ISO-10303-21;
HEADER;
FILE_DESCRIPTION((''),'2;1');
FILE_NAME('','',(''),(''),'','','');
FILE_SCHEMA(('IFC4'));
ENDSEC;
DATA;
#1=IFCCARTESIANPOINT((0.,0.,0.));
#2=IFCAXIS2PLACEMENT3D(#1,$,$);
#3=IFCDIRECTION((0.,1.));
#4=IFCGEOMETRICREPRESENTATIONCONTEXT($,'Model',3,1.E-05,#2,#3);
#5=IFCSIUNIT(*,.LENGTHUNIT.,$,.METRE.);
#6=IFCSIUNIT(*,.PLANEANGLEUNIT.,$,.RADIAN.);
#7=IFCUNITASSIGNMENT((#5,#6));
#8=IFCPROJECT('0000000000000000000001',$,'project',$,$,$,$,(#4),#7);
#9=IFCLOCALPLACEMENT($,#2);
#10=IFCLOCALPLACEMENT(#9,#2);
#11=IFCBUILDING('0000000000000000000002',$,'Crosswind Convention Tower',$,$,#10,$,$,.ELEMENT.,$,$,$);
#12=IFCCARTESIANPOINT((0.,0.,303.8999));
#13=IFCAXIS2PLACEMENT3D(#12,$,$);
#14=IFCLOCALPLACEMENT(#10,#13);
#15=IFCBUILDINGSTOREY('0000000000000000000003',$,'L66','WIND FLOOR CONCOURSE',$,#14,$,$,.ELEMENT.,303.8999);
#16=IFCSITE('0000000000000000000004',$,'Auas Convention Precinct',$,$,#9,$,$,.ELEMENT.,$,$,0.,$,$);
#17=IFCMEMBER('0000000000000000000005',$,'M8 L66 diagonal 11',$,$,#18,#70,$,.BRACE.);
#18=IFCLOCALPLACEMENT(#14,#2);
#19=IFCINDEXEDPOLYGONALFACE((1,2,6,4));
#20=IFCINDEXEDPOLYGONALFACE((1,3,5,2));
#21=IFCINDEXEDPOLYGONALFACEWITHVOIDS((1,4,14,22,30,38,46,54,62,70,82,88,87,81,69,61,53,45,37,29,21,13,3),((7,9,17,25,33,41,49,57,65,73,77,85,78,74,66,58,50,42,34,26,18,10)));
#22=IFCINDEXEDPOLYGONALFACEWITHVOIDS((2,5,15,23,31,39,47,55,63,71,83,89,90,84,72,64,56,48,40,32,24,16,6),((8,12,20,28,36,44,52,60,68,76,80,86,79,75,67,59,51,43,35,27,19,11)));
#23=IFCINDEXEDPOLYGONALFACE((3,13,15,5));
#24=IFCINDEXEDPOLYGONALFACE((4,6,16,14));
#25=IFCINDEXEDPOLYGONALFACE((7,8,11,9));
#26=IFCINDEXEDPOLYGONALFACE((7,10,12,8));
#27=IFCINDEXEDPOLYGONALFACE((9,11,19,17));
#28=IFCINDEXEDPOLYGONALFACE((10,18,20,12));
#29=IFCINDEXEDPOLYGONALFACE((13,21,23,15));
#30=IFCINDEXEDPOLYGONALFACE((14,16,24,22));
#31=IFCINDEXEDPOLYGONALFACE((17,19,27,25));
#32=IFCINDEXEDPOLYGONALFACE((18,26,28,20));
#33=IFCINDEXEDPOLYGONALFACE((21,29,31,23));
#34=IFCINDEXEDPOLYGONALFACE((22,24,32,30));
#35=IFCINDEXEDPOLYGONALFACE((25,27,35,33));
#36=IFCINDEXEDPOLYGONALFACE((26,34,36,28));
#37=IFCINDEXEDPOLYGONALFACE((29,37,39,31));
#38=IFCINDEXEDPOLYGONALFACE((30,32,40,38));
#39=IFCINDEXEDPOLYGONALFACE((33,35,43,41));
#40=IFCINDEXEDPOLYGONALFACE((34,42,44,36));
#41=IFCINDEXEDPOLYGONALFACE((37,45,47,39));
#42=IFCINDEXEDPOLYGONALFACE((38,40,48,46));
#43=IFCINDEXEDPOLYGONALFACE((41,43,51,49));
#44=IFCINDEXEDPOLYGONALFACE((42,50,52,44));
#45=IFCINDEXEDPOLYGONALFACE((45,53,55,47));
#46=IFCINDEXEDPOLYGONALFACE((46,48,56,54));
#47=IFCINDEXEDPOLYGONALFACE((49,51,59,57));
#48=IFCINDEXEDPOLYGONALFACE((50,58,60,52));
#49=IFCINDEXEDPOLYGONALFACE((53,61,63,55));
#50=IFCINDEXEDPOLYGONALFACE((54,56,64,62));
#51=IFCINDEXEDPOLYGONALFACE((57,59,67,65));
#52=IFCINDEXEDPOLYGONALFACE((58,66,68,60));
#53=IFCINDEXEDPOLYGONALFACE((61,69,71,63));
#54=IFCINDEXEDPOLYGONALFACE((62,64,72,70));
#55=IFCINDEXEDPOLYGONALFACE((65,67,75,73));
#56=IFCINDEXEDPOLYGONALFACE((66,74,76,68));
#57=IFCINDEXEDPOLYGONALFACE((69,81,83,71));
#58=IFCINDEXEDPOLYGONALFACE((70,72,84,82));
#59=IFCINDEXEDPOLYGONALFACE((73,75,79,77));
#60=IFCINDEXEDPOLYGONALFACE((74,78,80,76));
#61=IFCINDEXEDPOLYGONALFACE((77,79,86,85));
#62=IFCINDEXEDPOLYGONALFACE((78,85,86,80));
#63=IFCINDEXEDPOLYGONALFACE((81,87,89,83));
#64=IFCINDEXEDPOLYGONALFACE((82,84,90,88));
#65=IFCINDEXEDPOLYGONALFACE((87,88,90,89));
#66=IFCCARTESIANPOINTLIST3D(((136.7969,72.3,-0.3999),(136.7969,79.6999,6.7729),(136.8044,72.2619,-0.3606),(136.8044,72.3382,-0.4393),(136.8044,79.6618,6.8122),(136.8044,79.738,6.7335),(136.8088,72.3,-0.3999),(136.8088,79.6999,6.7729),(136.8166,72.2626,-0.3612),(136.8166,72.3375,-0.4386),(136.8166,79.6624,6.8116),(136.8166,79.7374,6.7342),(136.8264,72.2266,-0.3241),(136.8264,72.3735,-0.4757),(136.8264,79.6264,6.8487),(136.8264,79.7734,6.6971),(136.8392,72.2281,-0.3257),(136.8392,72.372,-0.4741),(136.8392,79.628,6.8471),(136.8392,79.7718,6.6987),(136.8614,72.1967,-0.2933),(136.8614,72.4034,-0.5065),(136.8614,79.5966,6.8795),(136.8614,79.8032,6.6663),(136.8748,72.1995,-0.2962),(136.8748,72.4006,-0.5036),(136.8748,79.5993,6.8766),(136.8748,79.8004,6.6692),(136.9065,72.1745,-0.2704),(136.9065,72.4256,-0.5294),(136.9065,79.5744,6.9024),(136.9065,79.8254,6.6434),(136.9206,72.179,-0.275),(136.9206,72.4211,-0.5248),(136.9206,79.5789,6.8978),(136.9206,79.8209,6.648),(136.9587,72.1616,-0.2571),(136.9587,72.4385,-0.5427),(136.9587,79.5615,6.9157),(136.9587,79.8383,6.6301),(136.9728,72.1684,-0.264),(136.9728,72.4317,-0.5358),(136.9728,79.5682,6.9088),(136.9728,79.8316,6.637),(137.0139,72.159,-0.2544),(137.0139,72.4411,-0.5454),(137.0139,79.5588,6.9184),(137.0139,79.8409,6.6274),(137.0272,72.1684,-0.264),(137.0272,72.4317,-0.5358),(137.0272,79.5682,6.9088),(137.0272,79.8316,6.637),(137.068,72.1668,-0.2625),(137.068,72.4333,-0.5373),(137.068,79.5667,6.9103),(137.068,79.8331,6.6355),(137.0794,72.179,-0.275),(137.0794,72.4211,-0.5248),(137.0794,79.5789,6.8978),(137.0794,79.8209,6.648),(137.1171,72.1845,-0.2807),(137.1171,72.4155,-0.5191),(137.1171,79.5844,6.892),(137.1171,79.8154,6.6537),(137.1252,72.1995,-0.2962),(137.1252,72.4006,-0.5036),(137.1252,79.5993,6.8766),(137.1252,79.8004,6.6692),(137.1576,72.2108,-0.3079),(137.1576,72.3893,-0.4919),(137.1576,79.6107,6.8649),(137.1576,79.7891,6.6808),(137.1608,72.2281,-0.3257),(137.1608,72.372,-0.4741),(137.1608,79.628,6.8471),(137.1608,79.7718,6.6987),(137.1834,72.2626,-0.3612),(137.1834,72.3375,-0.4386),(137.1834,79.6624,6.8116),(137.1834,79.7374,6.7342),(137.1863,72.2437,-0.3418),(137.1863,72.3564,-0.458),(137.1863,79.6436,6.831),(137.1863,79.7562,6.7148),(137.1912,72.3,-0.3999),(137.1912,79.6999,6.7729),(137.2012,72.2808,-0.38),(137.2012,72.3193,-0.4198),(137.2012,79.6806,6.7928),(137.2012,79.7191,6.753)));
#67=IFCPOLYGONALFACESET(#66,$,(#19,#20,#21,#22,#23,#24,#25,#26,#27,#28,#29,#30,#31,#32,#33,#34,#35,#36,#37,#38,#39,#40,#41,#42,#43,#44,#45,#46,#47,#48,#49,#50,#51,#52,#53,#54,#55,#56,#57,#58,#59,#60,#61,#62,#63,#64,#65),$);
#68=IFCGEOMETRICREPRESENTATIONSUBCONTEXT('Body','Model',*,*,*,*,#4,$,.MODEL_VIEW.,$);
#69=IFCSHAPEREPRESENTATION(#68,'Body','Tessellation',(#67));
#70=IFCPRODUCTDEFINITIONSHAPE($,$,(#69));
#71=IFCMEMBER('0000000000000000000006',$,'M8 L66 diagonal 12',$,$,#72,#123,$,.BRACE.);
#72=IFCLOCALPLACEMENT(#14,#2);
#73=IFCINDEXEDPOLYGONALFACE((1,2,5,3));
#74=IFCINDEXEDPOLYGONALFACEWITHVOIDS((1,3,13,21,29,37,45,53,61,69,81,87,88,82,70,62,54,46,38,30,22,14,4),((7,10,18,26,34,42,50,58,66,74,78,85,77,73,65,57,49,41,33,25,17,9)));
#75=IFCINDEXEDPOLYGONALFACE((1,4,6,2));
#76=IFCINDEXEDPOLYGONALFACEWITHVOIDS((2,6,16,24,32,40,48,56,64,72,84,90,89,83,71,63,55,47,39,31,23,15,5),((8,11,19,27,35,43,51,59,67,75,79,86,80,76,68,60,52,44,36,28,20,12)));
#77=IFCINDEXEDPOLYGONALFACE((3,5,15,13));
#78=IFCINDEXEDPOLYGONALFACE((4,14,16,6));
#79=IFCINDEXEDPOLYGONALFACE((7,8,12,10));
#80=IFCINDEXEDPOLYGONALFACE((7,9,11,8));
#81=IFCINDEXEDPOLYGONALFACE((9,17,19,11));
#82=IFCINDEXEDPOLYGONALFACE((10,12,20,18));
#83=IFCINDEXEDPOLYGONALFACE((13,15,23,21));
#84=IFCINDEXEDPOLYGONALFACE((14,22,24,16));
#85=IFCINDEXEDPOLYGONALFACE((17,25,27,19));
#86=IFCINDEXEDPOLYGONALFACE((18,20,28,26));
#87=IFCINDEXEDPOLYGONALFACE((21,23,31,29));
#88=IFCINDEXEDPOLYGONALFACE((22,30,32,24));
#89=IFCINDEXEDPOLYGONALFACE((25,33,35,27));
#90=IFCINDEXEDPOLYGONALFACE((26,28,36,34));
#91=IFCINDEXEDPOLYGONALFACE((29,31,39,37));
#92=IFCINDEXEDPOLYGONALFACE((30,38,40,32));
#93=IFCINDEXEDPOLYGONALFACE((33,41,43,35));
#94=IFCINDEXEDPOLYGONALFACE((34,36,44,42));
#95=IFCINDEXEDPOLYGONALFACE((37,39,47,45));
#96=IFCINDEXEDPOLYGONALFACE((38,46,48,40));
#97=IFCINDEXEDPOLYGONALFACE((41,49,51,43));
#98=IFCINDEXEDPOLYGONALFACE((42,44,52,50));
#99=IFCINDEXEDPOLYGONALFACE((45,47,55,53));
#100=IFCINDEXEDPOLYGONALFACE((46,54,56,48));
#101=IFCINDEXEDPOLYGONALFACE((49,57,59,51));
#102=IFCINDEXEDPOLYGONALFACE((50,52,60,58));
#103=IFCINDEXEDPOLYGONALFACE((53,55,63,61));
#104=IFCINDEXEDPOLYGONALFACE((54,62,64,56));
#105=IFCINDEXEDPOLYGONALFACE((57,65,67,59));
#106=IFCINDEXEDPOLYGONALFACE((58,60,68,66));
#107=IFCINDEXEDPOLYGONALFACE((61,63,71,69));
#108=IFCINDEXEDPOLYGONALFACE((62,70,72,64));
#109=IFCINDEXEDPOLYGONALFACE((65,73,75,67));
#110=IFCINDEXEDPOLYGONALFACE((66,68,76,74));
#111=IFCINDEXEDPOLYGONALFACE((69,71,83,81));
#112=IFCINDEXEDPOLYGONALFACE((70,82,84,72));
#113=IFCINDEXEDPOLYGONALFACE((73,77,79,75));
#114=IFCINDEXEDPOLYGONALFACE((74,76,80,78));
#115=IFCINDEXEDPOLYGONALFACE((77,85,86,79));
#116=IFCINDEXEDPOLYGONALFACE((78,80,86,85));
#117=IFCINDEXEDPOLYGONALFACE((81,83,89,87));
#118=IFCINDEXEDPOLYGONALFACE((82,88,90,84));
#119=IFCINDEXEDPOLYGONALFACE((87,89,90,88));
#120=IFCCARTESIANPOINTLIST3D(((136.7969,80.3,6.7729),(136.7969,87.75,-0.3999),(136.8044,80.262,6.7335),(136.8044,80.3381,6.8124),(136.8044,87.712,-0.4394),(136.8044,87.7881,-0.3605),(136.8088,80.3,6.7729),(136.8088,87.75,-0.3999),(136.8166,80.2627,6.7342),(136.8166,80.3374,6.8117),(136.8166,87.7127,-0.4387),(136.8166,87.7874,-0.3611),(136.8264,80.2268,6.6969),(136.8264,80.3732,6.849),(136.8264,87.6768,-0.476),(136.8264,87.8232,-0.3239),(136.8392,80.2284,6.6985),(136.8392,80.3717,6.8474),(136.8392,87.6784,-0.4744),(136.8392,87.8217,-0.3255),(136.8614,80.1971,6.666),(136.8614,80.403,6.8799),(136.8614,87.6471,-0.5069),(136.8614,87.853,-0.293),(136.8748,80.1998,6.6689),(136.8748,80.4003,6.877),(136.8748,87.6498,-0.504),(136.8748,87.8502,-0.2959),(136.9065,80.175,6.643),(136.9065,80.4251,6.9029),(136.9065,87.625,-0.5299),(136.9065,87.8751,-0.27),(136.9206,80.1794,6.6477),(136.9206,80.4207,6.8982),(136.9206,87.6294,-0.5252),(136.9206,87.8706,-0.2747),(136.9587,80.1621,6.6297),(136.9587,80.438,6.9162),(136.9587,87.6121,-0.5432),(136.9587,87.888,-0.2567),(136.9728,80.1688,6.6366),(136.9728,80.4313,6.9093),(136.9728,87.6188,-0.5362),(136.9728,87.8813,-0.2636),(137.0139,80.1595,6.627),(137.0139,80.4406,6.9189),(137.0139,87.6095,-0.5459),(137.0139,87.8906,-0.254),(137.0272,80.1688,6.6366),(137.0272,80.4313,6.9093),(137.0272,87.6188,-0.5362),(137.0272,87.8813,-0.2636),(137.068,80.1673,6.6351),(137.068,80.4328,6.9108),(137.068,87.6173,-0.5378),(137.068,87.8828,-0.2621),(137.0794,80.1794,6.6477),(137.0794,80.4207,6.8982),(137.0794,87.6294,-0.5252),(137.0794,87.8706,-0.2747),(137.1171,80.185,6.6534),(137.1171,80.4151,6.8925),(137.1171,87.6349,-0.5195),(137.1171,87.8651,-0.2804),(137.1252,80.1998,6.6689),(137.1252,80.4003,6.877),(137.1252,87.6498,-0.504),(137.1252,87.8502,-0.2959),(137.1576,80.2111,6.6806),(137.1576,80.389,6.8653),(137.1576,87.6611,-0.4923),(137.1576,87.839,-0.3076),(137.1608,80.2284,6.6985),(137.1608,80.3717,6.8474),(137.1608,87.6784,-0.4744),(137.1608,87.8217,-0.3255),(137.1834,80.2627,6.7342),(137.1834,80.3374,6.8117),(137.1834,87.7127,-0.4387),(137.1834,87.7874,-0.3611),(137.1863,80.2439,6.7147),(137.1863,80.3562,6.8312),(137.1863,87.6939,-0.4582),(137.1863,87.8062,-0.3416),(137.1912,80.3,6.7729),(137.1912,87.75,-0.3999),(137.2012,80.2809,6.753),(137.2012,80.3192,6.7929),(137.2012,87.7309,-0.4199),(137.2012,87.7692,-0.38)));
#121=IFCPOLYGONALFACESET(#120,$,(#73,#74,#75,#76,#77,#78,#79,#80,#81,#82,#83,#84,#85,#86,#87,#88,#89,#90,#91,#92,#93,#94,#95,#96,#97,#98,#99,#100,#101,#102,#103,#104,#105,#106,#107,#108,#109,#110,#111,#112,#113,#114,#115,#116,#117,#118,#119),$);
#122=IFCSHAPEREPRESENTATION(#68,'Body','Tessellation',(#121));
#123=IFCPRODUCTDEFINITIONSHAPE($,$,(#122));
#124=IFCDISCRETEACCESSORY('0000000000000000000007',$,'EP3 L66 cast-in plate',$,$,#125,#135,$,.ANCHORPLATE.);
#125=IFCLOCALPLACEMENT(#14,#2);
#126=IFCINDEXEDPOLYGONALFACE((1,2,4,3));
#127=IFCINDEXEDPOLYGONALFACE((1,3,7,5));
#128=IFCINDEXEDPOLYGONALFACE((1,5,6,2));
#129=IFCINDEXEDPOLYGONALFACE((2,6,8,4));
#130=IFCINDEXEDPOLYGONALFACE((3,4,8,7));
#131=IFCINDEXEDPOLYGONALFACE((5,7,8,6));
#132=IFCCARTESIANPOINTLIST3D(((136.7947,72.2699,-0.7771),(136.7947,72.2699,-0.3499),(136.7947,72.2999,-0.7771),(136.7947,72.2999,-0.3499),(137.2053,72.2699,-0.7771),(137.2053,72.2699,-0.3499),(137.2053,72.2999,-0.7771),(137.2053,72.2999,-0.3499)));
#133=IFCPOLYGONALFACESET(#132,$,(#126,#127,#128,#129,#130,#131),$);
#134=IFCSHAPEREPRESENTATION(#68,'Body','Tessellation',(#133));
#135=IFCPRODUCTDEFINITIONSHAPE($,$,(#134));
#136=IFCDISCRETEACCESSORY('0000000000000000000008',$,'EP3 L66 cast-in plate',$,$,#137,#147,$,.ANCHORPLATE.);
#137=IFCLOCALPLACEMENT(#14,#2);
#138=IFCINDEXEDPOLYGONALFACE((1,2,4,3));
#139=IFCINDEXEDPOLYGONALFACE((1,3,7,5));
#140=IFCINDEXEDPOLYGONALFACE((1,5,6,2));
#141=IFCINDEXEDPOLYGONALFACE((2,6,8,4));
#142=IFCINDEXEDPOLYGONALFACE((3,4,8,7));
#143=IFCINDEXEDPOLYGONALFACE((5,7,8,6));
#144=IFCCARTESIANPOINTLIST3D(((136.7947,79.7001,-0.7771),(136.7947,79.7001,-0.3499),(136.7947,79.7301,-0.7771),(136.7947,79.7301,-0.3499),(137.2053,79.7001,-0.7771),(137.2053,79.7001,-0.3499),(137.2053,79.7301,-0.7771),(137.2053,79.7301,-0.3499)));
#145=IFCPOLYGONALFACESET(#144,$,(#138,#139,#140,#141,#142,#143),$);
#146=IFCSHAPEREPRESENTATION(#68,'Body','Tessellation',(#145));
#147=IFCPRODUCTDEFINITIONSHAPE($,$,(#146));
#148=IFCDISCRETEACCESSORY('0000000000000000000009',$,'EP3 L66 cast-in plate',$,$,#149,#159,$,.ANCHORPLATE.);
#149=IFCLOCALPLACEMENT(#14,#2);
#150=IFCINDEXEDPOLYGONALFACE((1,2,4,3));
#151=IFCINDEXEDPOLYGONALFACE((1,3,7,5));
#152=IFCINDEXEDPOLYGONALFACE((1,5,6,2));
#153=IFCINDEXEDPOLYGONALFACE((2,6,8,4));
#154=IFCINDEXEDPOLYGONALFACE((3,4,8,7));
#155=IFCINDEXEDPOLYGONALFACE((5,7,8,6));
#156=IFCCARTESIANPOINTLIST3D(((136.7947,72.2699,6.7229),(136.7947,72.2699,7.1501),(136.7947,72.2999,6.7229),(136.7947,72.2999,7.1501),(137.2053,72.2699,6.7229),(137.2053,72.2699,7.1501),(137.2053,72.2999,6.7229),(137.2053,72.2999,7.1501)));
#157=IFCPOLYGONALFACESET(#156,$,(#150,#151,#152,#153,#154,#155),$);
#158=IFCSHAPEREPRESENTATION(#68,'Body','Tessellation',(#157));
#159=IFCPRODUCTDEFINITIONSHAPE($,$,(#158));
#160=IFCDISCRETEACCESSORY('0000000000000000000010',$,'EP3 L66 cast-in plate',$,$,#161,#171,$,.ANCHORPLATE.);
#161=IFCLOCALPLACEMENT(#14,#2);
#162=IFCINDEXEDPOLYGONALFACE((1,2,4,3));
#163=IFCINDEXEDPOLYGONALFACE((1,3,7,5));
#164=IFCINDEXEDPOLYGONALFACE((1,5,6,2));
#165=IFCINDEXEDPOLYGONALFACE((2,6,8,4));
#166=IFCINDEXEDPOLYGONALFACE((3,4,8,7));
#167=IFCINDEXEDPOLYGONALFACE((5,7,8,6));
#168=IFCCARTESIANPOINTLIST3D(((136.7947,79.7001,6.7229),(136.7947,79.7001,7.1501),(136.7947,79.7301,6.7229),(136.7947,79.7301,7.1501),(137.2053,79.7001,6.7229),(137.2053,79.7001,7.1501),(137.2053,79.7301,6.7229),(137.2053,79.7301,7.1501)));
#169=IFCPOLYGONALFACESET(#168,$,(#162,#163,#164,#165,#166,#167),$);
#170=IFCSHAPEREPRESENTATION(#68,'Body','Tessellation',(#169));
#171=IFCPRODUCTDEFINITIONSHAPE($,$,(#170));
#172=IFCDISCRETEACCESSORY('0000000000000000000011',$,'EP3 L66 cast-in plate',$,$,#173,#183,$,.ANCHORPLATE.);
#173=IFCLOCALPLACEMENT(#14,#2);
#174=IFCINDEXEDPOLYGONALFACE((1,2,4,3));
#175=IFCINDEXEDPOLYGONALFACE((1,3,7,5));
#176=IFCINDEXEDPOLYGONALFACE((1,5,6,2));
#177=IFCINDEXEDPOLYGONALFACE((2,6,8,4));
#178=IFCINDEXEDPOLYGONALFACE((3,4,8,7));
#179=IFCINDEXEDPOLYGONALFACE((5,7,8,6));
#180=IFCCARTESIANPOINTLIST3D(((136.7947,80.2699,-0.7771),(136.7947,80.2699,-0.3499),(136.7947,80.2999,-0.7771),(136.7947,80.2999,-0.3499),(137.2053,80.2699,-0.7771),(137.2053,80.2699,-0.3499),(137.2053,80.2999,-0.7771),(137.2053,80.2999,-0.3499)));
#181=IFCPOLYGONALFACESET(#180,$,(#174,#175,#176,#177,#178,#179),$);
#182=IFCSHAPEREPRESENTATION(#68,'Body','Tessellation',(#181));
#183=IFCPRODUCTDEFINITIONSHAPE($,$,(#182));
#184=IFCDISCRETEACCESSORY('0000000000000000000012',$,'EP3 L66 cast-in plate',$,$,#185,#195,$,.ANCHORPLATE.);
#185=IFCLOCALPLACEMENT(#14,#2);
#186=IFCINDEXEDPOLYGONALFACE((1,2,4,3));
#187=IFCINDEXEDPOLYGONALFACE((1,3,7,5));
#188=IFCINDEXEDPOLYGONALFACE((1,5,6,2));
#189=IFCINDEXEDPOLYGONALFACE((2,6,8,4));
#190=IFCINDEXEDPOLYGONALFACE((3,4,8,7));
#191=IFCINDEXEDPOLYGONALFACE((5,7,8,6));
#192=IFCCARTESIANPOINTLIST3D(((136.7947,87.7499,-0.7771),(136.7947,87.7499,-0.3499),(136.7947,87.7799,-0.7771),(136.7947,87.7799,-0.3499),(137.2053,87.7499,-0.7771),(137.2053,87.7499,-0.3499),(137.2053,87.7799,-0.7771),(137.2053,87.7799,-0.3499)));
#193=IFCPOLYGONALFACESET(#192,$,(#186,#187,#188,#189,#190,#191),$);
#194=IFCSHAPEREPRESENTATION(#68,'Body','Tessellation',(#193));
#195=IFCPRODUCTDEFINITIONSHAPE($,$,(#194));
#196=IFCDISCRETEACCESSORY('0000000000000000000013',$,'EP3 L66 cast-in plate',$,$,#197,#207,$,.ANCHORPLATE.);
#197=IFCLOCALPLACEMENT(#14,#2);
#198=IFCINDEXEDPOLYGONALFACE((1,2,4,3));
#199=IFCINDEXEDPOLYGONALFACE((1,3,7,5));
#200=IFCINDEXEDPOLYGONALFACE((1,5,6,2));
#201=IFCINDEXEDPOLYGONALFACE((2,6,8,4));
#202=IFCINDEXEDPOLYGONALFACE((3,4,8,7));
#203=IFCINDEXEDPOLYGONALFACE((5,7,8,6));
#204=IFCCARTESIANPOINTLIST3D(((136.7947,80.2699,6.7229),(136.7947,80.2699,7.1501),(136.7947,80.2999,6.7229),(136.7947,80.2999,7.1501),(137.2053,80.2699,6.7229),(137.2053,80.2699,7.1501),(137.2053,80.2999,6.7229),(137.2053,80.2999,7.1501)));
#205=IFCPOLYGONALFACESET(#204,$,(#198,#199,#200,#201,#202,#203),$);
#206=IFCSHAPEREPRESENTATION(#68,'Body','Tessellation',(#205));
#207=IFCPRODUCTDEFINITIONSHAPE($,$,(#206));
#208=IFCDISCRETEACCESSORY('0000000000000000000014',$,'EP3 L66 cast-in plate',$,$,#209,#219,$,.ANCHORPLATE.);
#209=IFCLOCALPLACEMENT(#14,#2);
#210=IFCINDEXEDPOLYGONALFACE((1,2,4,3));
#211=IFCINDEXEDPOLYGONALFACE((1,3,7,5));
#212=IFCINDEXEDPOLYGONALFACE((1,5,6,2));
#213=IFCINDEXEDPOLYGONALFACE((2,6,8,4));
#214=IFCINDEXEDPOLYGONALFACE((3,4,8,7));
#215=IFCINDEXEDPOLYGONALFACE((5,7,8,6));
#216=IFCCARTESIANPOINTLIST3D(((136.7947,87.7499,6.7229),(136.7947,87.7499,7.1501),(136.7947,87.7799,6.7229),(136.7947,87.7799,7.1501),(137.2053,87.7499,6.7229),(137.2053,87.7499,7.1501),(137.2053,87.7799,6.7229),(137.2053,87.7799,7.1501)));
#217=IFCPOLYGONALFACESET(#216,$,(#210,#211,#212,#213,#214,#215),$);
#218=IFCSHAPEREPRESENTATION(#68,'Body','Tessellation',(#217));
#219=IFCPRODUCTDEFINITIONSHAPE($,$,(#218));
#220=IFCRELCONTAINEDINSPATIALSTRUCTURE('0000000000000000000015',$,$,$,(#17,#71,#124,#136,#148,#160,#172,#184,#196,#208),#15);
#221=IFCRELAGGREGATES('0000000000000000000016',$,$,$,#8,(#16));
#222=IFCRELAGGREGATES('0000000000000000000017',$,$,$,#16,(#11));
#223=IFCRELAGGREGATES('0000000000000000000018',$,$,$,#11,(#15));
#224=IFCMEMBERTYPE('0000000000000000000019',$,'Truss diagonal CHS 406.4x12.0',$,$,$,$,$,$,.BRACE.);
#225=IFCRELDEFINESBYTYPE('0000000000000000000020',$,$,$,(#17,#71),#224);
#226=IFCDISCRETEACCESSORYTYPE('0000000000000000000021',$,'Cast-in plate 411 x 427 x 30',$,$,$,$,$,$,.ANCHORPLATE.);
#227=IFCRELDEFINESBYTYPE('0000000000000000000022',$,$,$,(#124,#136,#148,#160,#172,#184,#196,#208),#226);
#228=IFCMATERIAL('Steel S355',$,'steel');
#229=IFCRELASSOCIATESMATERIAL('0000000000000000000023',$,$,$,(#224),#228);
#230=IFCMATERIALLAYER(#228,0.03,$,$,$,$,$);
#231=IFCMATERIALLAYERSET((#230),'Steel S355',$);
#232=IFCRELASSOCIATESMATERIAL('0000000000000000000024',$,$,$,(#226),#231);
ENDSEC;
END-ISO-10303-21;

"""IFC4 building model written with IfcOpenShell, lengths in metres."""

from ifc_helpers import new_model, si_unit, direction, frame, origin, origin_2d, place, context, subcontext, project, spatial, rectangle, hollow_circle, extrude, material, layer, layer_set, material_profile, profile_set, type_object, element, save


model = new_model("IFC4")

# Units and contexts
model_context = context("Model", 3, precision=1e-05, world=origin(), true_north=direction((0.0, 1.0)))
body_context = subcontext(model_context, "Body", "Model", "MODEL_VIEW")
ifc_project = project(units=[si_unit("LENGTHUNIT", "METRE"), si_unit("PLANEANGLEUNIT", "RADIAN")], contexts=[model_context])

# Site, building, storey
site_placement = place(None, origin())
site = spatial("IfcSite", under=ifc_project, at=site_placement, Name="Auas Convention Precinct", CompositionType="ELEMENT", RefElevation=0.0)
building_placement = place(site_placement, origin())
building = spatial("IfcBuilding", under=site, at=building_placement, Name="Crosswind Convention Tower", CompositionType="ELEMENT")
storey_placement = place(building_placement, frame((0.0, 0.0, 303.8999)))
storey = spatial("IfcBuildingStorey", under=building, at=storey_placement, Name="L66", Description="WIND FLOOR CONCOURSE", CompositionType="ELEMENT", Elevation=303.8999)

# Members
ifc_material_1 = material(Name="Steel S355", Category="steel")
ifc_material_profile_1 = material_profile(ifc_material_1, hollow_circle(Radius=0.2031, WallThickness=0.012, at=origin_2d()), Name="CHS 406.4x12.0")
ifc_profile_set_1 = profile_set([ifc_material_profile_1], Name="Steel S355")
member_type_1 = type_object("IfcMemberType", Name="Truss diagonal CHS 406.4x12.0", PredefinedType="BRACE", material=ifc_profile_set_1)
member_1_placement = place(storey_placement, frame((137.0, 72.3, -0.3999), z_axis=(0.0, 0.718037, 0.696005), x_axis=(-1.0, 0.0, 0.0)))
element("IfcMember", 1, at=member_1_placement, inside=storey, type_object=member_type_1, Name="M8 L66 diagonal 11", PredefinedType="BRACE", context=body_context, shape_type="SweptSolid", body=[
    extrude(hollow_circle(Radius=0.2031, WallThickness=0.012, at=origin_2d()), origin(), (0.0, 0.0, 1.0), 10.3057),
])
member_2_placement = place(storey_placement, frame((137.0, 80.3, 6.7729), z_axis=(0.0, 0.720377, -0.693583), x_axis=(-1.0, 0.0, 0.0)))
element("IfcMember", 2, at=member_2_placement, inside=storey, type_object=member_type_1, Name="M8 L66 diagonal 12", PredefinedType="BRACE", context=body_context, shape_type="SweptSolid", body=[
    extrude(hollow_circle(Radius=0.2031, WallThickness=0.012, at=origin_2d()), origin(), (0.0, 0.0, 1.0), 10.3418),
])

# Discrete accessories
ifc_layer = layer(ifc_material_1, 0.03)
ifc_layer_set = layer_set([ifc_layer], Name="Steel S355")
discrete_accessory_type_1 = type_object("IfcDiscreteAccessoryType", Name="Cast-in plate 411 x 427 x 30", PredefinedType="ANCHORPLATE", material=ifc_layer_set)
for number, where, z_axis, x_axis, name in (
    (3, (137.0, 72.2849, -0.7771), (0.0, 0.0, 1.0), (1.0, 0.0, 0.0), "EP3 L66 cast-in plate"),
    (4, (137.0, 79.7151, -0.7771), (0.0, 0.0, 1.0), (1.0, 0.0, 0.0), "EP3 L66 cast-in plate"),
    (5, (137.0, 72.2849, 6.7229), (0.0, 0.0, 1.0), (1.0, 0.0, 0.0), "EP3 L66 cast-in plate"),
    (6, (137.0, 79.7151, 6.7229), (0.0, 0.0, 1.0), (1.0, 0.0, 0.0), "EP3 L66 cast-in plate"),
    (7, (137.0, 80.2849, -0.7771), (0.0, 0.0, 1.0), (1.0, 0.0, 0.0), "EP3 L66 cast-in plate"),
    (8, (137.0, 87.7649, -0.7771), (0.0, 0.0, 1.0), (1.0, 0.0, 0.0), "EP3 L66 cast-in plate"),
    (9, (137.0, 80.2849, 6.7229), (0.0, 0.0, 1.0), (1.0, 0.0, 0.0), "EP3 L66 cast-in plate"),
    (10, (137.0, 87.7649, 6.7229), (0.0, 0.0, 1.0), (1.0, 0.0, 0.0), "EP3 L66 cast-in plate"),
):
    element("IfcDiscreteAccessory", number, at=place(storey_placement, frame(where, z_axis=z_axis, x_axis=x_axis)), inside=storey, type_object=discrete_accessory_type_1, Name=name, PredefinedType="ANCHORPLATE", context=body_context, shape_type="SweptSolid", body=[
        extrude(rectangle(XDim=0.4106, YDim=0.03, at=origin_2d()), origin(), (0.0, 0.0, 1.0), 0.4272),
    ])

save(model, "model.ifc")
